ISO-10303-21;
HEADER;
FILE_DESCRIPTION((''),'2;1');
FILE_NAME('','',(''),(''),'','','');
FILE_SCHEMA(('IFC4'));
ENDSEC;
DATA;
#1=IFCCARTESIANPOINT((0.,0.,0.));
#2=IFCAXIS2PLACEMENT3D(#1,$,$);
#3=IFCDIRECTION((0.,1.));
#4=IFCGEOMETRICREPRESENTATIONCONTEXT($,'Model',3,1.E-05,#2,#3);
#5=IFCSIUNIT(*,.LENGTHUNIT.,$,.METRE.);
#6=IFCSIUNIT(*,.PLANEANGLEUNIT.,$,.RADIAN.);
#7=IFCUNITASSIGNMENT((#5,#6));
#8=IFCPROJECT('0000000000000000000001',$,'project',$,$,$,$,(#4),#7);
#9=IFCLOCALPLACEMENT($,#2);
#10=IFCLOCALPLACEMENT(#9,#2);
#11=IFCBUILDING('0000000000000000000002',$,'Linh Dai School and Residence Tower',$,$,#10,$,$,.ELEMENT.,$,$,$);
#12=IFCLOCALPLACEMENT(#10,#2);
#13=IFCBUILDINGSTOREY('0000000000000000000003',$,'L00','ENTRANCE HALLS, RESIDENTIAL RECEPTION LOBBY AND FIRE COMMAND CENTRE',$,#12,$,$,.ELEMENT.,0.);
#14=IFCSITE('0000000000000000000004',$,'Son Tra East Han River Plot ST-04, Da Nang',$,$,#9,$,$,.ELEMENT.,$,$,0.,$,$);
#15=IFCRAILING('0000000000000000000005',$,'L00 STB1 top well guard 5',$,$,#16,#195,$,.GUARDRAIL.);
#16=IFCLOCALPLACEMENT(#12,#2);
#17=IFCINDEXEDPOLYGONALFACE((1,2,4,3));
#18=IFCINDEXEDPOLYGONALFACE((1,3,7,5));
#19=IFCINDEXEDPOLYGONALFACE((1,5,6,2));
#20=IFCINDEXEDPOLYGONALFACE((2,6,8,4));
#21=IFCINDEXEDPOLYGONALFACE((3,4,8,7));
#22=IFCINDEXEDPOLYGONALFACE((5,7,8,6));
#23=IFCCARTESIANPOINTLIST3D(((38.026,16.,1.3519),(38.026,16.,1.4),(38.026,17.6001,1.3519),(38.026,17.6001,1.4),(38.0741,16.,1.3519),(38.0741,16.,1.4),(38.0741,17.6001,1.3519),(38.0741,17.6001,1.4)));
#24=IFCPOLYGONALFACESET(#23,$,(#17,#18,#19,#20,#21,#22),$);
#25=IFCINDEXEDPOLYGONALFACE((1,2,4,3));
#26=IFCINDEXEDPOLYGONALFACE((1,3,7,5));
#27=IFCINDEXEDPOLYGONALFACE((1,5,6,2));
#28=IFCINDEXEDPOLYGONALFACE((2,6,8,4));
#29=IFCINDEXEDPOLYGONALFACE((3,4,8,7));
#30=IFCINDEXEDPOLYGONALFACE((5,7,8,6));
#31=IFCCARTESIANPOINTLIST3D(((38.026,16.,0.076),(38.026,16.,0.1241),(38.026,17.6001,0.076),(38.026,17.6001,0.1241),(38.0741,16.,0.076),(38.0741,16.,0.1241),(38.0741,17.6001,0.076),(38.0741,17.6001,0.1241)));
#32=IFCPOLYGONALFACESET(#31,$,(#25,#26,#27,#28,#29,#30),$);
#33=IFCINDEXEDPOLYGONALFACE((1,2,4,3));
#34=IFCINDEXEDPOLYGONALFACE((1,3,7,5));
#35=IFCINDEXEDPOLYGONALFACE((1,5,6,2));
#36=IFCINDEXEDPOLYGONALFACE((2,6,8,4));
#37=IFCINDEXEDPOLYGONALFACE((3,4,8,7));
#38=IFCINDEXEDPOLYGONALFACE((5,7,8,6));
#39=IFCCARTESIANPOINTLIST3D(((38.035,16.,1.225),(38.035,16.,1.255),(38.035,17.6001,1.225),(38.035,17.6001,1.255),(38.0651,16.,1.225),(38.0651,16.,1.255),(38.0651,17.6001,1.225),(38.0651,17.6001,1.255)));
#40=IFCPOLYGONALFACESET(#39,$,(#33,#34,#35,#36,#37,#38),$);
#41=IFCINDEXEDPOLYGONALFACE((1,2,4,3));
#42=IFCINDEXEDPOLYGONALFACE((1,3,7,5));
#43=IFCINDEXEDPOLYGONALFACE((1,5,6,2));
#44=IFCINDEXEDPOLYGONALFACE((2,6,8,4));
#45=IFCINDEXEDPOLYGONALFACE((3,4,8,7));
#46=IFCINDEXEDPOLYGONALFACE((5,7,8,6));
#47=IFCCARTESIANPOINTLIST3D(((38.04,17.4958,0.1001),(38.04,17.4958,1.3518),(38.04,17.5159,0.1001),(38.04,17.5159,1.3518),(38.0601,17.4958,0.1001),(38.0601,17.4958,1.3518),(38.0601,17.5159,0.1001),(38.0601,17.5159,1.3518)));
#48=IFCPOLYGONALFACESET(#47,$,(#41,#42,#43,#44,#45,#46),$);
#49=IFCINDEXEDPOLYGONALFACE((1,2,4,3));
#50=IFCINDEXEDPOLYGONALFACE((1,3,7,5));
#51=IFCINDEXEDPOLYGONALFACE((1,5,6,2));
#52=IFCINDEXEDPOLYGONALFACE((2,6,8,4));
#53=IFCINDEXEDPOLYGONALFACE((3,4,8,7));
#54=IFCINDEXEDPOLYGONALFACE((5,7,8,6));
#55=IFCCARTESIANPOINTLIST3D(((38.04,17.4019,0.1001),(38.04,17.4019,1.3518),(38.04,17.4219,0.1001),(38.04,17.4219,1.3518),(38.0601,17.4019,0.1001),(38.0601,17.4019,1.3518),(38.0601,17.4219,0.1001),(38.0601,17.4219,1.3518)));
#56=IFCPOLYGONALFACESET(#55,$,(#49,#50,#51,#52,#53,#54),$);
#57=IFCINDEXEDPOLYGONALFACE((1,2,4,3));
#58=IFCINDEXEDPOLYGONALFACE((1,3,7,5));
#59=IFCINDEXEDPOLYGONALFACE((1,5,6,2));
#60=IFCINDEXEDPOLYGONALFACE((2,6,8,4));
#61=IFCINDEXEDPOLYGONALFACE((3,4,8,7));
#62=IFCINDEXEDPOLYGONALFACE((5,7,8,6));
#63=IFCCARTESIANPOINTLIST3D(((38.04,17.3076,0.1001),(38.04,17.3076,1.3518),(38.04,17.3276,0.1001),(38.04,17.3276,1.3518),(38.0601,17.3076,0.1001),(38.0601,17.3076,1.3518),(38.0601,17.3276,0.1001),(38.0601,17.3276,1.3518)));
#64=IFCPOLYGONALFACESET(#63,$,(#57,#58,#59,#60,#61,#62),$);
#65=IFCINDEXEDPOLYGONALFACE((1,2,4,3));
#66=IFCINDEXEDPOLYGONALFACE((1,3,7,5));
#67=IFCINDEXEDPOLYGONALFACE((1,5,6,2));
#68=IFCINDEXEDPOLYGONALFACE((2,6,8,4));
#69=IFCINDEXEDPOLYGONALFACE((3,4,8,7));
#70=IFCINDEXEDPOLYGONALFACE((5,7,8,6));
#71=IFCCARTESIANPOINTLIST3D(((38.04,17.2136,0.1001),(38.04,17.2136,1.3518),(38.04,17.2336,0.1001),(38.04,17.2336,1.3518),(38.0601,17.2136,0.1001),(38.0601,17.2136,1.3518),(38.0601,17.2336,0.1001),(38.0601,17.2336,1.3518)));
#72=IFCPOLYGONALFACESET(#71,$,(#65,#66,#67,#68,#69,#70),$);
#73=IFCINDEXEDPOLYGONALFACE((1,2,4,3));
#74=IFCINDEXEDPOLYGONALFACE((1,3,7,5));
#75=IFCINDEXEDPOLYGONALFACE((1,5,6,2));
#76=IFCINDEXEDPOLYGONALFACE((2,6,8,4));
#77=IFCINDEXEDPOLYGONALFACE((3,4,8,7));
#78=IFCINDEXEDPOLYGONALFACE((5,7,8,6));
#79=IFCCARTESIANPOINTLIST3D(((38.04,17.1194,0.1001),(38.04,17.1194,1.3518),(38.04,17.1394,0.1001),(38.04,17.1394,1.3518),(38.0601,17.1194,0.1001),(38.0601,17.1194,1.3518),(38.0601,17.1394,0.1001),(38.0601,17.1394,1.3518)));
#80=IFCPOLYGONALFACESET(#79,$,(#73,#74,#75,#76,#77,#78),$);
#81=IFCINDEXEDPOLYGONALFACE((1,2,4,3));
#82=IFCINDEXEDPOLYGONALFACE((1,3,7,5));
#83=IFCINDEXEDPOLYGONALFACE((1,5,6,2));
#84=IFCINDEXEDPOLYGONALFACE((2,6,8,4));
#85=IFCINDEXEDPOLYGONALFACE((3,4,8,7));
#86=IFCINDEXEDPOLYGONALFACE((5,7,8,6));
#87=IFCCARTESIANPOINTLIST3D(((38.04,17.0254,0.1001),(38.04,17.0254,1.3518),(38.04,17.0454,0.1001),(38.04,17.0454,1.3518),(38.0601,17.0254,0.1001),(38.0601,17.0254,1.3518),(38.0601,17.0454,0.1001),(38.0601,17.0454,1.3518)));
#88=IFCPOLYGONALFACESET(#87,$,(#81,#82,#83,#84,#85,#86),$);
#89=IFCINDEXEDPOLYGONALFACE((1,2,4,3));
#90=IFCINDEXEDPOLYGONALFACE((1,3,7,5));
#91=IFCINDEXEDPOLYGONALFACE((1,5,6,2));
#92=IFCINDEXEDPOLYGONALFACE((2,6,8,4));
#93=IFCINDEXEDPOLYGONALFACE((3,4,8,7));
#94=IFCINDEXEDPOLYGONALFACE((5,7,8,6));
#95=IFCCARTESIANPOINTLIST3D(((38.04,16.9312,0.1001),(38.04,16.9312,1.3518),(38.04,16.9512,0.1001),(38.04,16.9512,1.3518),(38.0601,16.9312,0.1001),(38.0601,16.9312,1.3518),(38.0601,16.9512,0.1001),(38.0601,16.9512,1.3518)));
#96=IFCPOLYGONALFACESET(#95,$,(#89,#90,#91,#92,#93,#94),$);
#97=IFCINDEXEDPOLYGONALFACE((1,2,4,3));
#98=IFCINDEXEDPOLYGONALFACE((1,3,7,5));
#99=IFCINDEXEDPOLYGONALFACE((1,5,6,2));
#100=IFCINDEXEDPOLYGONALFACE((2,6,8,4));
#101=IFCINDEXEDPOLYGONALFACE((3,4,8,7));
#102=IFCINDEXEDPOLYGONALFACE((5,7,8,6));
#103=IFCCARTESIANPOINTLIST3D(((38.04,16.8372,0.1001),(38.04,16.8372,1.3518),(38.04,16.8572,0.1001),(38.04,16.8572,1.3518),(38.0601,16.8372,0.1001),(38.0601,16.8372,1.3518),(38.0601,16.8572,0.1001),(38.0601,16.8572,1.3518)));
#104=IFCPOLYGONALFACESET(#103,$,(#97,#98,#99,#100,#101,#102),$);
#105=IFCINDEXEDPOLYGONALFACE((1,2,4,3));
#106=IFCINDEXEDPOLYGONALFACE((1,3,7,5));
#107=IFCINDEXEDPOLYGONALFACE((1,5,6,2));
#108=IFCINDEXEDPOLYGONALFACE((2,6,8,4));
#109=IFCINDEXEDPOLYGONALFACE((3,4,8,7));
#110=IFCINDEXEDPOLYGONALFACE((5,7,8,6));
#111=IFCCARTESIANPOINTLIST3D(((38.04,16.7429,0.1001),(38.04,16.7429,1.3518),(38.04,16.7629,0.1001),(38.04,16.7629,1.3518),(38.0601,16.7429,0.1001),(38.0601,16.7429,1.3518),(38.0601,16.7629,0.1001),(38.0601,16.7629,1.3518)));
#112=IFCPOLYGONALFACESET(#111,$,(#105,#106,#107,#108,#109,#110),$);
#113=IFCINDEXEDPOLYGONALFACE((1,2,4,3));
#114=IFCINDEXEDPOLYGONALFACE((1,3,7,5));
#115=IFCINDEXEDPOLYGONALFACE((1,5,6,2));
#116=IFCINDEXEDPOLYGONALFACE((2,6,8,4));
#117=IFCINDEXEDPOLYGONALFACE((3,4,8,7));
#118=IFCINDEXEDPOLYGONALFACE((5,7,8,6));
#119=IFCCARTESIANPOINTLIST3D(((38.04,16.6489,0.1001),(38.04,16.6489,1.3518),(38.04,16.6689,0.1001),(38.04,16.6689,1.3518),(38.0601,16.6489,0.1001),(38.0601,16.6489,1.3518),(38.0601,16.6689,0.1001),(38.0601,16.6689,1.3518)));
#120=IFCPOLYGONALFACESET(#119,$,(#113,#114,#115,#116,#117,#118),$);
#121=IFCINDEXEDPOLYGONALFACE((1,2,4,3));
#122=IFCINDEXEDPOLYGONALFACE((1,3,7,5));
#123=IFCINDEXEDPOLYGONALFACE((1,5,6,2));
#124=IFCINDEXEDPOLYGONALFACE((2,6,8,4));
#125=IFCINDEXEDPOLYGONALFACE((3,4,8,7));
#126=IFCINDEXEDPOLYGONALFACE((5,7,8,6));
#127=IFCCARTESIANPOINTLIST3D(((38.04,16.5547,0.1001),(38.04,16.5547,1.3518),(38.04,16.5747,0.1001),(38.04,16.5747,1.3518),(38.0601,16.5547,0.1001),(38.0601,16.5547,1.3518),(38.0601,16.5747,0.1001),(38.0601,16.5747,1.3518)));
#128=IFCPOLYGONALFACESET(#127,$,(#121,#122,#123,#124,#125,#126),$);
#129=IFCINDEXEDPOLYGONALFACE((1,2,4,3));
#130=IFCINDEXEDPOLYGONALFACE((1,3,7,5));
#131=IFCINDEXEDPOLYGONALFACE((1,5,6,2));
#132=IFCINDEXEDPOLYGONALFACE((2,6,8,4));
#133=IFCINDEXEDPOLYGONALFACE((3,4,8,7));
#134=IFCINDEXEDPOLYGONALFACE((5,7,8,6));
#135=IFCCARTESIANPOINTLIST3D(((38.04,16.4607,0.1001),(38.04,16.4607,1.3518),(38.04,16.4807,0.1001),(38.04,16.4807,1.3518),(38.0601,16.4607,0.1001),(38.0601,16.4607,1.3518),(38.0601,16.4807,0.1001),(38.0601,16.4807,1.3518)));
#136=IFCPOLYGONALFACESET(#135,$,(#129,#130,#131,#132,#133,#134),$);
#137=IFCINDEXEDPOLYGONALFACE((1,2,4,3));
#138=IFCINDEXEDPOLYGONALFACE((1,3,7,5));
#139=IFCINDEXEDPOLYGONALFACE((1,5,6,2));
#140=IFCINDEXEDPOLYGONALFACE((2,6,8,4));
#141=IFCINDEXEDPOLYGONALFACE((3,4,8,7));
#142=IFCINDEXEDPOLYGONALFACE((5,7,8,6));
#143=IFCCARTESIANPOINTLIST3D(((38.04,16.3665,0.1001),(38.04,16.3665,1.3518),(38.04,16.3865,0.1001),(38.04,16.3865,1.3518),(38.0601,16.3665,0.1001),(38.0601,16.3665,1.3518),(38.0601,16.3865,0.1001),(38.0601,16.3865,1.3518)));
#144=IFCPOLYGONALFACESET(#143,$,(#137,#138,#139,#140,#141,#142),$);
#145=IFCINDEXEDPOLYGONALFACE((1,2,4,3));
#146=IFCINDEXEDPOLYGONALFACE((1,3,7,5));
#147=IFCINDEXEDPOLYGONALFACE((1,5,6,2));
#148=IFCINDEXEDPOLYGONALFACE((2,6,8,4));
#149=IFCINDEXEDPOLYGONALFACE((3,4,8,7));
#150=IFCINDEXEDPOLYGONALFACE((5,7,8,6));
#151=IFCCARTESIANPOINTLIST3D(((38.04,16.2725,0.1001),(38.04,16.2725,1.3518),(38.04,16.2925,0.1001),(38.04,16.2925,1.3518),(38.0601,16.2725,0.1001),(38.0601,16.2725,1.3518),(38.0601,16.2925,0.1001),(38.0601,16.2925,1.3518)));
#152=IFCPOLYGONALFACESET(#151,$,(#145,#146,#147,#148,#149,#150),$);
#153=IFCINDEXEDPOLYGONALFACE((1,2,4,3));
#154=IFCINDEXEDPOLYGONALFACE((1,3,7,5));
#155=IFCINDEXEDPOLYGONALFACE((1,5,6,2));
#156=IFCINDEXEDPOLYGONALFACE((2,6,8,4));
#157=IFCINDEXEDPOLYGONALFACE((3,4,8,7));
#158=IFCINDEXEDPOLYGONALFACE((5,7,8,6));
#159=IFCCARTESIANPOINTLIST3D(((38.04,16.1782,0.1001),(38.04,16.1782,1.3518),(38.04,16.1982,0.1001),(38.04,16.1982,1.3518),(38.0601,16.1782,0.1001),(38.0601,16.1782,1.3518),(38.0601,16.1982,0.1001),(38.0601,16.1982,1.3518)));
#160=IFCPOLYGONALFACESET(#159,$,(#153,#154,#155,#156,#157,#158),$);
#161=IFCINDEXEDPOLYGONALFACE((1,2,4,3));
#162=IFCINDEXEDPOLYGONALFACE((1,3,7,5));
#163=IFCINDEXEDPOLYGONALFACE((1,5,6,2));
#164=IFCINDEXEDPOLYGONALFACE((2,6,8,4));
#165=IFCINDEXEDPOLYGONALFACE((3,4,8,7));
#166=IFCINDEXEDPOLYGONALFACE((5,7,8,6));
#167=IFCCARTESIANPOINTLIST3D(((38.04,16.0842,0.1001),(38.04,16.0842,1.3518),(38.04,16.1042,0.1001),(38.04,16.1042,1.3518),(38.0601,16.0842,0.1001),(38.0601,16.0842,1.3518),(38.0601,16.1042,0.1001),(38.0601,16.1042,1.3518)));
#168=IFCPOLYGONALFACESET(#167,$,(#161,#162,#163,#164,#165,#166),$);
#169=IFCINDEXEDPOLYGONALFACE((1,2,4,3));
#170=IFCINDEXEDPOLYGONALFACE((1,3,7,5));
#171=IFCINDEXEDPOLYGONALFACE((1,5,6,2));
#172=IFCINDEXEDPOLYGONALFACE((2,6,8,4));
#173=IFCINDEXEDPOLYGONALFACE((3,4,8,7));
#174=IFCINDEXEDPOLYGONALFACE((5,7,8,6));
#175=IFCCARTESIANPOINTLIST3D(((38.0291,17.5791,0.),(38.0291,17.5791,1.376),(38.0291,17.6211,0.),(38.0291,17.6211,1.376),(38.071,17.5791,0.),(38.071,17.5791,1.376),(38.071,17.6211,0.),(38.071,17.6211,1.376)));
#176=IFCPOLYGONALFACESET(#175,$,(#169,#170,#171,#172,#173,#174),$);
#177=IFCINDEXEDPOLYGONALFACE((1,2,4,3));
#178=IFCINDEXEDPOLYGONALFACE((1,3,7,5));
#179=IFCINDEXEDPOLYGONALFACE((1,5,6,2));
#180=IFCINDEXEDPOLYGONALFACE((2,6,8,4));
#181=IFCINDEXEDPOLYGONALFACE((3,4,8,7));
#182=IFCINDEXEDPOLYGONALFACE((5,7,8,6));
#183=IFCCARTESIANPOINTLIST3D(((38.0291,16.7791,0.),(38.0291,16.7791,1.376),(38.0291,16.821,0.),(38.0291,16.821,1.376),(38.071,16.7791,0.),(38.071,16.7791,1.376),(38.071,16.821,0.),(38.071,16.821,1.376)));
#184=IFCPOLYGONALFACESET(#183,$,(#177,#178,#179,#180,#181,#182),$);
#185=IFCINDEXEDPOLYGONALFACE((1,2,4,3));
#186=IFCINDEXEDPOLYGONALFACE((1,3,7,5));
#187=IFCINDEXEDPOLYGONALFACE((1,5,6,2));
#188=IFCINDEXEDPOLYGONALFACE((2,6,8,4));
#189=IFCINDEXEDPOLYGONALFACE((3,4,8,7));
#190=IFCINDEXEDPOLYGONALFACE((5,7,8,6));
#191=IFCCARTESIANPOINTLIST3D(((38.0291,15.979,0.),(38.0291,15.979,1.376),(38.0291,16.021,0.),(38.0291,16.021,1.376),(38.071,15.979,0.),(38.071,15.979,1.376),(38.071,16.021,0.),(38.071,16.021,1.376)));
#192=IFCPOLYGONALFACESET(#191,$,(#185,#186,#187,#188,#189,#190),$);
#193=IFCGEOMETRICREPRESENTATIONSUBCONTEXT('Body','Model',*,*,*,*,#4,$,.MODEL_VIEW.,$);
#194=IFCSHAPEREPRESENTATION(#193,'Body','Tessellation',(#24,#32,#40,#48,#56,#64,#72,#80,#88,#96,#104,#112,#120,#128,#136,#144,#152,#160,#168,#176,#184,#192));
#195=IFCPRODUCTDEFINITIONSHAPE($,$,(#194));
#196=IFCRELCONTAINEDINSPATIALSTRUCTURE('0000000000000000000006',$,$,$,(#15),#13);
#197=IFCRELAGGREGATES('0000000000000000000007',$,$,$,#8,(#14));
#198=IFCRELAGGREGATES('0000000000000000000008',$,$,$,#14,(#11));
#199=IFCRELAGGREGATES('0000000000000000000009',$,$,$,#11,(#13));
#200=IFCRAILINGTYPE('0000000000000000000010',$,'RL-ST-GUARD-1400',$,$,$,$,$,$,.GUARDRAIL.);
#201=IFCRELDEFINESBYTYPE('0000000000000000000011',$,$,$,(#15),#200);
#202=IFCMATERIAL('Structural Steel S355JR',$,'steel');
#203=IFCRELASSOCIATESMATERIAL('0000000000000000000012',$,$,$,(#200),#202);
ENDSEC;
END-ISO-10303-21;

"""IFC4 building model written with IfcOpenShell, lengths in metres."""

from ifc_helpers import new_model, si_unit, direction, frame, origin, origin_2d, place, context, subcontext, project, spatial, rectangle, extrude, source, transform, mapped, material, type_object, element, save


model = new_model("IFC4")

# Units and contexts
model_context = context("Model", 3, precision=1e-05, world=origin(), true_north=direction((0.0, 1.0)))
body_context = subcontext(model_context, "Body", "Model", "MODEL_VIEW")
ifc_project = project(units=[si_unit("LENGTHUNIT", "METRE"), si_unit("PLANEANGLEUNIT", "RADIAN")], contexts=[model_context])

# Site, building, storey
site_placement = place(None, origin())
site = spatial("IfcSite", under=ifc_project, at=site_placement, Name="Son Tra East Han River Plot ST-04, Da Nang", CompositionType="ELEMENT", RefElevation=0.0)
building_placement = place(site_placement, origin())
building = spatial("IfcBuilding", under=site, at=building_placement, Name="Linh Dai School and Residence Tower", CompositionType="ELEMENT")
storey_placement = place(building_placement, origin())
storey = spatial("IfcBuildingStorey", under=building, at=storey_placement, Name="L00", Description="ENTRANCE HALLS, RESIDENTIAL RECEPTION LOBBY AND FIRE COMMAND CENTRE", CompositionType="ELEMENT", Elevation=0.0)

# Shared definitions
ifc_material_1 = material(Name="Structural Steel S355JR", Category="steel")

# Railing
railing_type = type_object("IfcRailingType", Name="RL-ST-GUARD-1400", PredefinedType="GUARDRAIL", material=ifc_material_1)
shared_shape_1 = source(origin(), body_context, "Body", "SweptSolid", [
    extrude(rectangle(XDim=0.0481, YDim=0.0481, at=origin_2d()), frame((0.0, 0.0, 1.376), z_axis=(0.0, -1.0, 0.0), x_axis=(1.0, 0.0, 0.0)), (0.0, 0.0, 1.0), 1.6001),
    extrude(rectangle(XDim=0.0481, YDim=0.0481, at=origin_2d()), frame((0.0, 0.0, 0.1001), z_axis=(0.0, -1.0, 0.0), x_axis=(1.0, 0.0, 0.0)), (0.0, 0.0, 1.0), 1.6001),
    extrude(rectangle(XDim=0.03, YDim=0.03, at=origin_2d()), frame((0.0, 0.0, 1.24), z_axis=(0.0, -1.0, 0.0), x_axis=(1.0, 0.0, 0.0)), (0.0, 0.0, 1.0), 1.6001),
    extrude(rectangle(XDim=0.02, YDim=0.02, at=origin_2d()), frame((0.0, -0.0942, 0.1001)), (0.0, 0.0, 1.0), 1.2517),
    extrude(rectangle(XDim=0.02, YDim=0.02, at=origin_2d()), frame((0.0, -0.1882, 0.1001)), (0.0, 0.0, 1.0), 1.2517),
    extrude(rectangle(XDim=0.02, YDim=0.02, at=origin_2d()), frame((0.0, -0.2825, 0.1001)), (0.0, 0.0, 1.0), 1.2517),
    extrude(rectangle(XDim=0.02, YDim=0.02, at=origin_2d()), frame((0.0, -0.3765, 0.1001)), (0.0, 0.0, 1.0), 1.2517),
    extrude(rectangle(XDim=0.02, YDim=0.02, at=origin_2d()), frame((0.0, -0.4707, 0.1001)), (0.0, 0.0, 1.0), 1.2517),
    extrude(rectangle(XDim=0.02, YDim=0.02, at=origin_2d()), frame((0.0, -0.5647, 0.1001)), (0.0, 0.0, 1.0), 1.2517),
    extrude(rectangle(XDim=0.02, YDim=0.02, at=origin_2d()), frame((0.0, -0.6589, 0.1001)), (0.0, 0.0, 1.0), 1.2517),
    extrude(rectangle(XDim=0.02, YDim=0.02, at=origin_2d()), frame((0.0, -0.7529, 0.1001)), (0.0, 0.0, 1.0), 1.2517),
    extrude(rectangle(XDim=0.02, YDim=0.02, at=origin_2d()), frame((0.0, -0.8472, 0.1001)), (0.0, 0.0, 1.0), 1.2517),
    extrude(rectangle(XDim=0.02, YDim=0.02, at=origin_2d()), frame((0.0, -0.9412, 0.1001)), (0.0, 0.0, 1.0), 1.2517),
    extrude(rectangle(XDim=0.02, YDim=0.02, at=origin_2d()), frame((0.0, -1.0354, 0.1001)), (0.0, 0.0, 1.0), 1.2517),
    extrude(rectangle(XDim=0.02, YDim=0.02, at=origin_2d()), frame((0.0, -1.1294, 0.1001)), (0.0, 0.0, 1.0), 1.2517),
    extrude(rectangle(XDim=0.02, YDim=0.02, at=origin_2d()), frame((0.0, -1.2236, 0.1001)), (0.0, 0.0, 1.0), 1.2517),
    extrude(rectangle(XDim=0.02, YDim=0.02, at=origin_2d()), frame((0.0, -1.3176, 0.1001)), (0.0, 0.0, 1.0), 1.2517),
    extrude(rectangle(XDim=0.02, YDim=0.02, at=origin_2d()), frame((0.0, -1.4119, 0.1001)), (0.0, 0.0, 1.0), 1.2517),
    extrude(rectangle(XDim=0.02, YDim=0.02, at=origin_2d()), frame((0.0, -1.5059, 0.1001)), (0.0, 0.0, 1.0), 1.2517),
    extrude(rectangle(XDim=0.042, YDim=0.042, at=origin_2d()), origin(), (0.0, 0.0, 1.0), 1.376),
    extrude(rectangle(XDim=0.042, YDim=0.042, at=origin_2d()), frame((0.0, -0.8, 0.0)), (0.0, 0.0, 1.0), 1.376),
    extrude(rectangle(XDim=0.042, YDim=0.042, at=origin_2d()), frame((0.0, -1.6001, 0.0)), (0.0, 0.0, 1.0), 1.376),
])
for number, where, name in (
    (1, (38.05, 17.6001, 0.0), "L00 STB1 top well guard 5"),
):
    element("IfcRailing", number, at=place(storey_placement, frame(where)), inside=storey, type_object=railing_type, Name=name, PredefinedType="GUARDRAIL", context=body_context, shape_type="MappedRepresentation", body=[
        mapped(shared_shape_1, transform((0.0, 0.0, 0.0), x_axis=(1.0, 0.0, 0.0), y_axis=(0.0, 1.0, 0.0), z_axis=(0.0, 0.0, 1.0), scale=1.0)),
    ])

save(model, "model.ifc")
